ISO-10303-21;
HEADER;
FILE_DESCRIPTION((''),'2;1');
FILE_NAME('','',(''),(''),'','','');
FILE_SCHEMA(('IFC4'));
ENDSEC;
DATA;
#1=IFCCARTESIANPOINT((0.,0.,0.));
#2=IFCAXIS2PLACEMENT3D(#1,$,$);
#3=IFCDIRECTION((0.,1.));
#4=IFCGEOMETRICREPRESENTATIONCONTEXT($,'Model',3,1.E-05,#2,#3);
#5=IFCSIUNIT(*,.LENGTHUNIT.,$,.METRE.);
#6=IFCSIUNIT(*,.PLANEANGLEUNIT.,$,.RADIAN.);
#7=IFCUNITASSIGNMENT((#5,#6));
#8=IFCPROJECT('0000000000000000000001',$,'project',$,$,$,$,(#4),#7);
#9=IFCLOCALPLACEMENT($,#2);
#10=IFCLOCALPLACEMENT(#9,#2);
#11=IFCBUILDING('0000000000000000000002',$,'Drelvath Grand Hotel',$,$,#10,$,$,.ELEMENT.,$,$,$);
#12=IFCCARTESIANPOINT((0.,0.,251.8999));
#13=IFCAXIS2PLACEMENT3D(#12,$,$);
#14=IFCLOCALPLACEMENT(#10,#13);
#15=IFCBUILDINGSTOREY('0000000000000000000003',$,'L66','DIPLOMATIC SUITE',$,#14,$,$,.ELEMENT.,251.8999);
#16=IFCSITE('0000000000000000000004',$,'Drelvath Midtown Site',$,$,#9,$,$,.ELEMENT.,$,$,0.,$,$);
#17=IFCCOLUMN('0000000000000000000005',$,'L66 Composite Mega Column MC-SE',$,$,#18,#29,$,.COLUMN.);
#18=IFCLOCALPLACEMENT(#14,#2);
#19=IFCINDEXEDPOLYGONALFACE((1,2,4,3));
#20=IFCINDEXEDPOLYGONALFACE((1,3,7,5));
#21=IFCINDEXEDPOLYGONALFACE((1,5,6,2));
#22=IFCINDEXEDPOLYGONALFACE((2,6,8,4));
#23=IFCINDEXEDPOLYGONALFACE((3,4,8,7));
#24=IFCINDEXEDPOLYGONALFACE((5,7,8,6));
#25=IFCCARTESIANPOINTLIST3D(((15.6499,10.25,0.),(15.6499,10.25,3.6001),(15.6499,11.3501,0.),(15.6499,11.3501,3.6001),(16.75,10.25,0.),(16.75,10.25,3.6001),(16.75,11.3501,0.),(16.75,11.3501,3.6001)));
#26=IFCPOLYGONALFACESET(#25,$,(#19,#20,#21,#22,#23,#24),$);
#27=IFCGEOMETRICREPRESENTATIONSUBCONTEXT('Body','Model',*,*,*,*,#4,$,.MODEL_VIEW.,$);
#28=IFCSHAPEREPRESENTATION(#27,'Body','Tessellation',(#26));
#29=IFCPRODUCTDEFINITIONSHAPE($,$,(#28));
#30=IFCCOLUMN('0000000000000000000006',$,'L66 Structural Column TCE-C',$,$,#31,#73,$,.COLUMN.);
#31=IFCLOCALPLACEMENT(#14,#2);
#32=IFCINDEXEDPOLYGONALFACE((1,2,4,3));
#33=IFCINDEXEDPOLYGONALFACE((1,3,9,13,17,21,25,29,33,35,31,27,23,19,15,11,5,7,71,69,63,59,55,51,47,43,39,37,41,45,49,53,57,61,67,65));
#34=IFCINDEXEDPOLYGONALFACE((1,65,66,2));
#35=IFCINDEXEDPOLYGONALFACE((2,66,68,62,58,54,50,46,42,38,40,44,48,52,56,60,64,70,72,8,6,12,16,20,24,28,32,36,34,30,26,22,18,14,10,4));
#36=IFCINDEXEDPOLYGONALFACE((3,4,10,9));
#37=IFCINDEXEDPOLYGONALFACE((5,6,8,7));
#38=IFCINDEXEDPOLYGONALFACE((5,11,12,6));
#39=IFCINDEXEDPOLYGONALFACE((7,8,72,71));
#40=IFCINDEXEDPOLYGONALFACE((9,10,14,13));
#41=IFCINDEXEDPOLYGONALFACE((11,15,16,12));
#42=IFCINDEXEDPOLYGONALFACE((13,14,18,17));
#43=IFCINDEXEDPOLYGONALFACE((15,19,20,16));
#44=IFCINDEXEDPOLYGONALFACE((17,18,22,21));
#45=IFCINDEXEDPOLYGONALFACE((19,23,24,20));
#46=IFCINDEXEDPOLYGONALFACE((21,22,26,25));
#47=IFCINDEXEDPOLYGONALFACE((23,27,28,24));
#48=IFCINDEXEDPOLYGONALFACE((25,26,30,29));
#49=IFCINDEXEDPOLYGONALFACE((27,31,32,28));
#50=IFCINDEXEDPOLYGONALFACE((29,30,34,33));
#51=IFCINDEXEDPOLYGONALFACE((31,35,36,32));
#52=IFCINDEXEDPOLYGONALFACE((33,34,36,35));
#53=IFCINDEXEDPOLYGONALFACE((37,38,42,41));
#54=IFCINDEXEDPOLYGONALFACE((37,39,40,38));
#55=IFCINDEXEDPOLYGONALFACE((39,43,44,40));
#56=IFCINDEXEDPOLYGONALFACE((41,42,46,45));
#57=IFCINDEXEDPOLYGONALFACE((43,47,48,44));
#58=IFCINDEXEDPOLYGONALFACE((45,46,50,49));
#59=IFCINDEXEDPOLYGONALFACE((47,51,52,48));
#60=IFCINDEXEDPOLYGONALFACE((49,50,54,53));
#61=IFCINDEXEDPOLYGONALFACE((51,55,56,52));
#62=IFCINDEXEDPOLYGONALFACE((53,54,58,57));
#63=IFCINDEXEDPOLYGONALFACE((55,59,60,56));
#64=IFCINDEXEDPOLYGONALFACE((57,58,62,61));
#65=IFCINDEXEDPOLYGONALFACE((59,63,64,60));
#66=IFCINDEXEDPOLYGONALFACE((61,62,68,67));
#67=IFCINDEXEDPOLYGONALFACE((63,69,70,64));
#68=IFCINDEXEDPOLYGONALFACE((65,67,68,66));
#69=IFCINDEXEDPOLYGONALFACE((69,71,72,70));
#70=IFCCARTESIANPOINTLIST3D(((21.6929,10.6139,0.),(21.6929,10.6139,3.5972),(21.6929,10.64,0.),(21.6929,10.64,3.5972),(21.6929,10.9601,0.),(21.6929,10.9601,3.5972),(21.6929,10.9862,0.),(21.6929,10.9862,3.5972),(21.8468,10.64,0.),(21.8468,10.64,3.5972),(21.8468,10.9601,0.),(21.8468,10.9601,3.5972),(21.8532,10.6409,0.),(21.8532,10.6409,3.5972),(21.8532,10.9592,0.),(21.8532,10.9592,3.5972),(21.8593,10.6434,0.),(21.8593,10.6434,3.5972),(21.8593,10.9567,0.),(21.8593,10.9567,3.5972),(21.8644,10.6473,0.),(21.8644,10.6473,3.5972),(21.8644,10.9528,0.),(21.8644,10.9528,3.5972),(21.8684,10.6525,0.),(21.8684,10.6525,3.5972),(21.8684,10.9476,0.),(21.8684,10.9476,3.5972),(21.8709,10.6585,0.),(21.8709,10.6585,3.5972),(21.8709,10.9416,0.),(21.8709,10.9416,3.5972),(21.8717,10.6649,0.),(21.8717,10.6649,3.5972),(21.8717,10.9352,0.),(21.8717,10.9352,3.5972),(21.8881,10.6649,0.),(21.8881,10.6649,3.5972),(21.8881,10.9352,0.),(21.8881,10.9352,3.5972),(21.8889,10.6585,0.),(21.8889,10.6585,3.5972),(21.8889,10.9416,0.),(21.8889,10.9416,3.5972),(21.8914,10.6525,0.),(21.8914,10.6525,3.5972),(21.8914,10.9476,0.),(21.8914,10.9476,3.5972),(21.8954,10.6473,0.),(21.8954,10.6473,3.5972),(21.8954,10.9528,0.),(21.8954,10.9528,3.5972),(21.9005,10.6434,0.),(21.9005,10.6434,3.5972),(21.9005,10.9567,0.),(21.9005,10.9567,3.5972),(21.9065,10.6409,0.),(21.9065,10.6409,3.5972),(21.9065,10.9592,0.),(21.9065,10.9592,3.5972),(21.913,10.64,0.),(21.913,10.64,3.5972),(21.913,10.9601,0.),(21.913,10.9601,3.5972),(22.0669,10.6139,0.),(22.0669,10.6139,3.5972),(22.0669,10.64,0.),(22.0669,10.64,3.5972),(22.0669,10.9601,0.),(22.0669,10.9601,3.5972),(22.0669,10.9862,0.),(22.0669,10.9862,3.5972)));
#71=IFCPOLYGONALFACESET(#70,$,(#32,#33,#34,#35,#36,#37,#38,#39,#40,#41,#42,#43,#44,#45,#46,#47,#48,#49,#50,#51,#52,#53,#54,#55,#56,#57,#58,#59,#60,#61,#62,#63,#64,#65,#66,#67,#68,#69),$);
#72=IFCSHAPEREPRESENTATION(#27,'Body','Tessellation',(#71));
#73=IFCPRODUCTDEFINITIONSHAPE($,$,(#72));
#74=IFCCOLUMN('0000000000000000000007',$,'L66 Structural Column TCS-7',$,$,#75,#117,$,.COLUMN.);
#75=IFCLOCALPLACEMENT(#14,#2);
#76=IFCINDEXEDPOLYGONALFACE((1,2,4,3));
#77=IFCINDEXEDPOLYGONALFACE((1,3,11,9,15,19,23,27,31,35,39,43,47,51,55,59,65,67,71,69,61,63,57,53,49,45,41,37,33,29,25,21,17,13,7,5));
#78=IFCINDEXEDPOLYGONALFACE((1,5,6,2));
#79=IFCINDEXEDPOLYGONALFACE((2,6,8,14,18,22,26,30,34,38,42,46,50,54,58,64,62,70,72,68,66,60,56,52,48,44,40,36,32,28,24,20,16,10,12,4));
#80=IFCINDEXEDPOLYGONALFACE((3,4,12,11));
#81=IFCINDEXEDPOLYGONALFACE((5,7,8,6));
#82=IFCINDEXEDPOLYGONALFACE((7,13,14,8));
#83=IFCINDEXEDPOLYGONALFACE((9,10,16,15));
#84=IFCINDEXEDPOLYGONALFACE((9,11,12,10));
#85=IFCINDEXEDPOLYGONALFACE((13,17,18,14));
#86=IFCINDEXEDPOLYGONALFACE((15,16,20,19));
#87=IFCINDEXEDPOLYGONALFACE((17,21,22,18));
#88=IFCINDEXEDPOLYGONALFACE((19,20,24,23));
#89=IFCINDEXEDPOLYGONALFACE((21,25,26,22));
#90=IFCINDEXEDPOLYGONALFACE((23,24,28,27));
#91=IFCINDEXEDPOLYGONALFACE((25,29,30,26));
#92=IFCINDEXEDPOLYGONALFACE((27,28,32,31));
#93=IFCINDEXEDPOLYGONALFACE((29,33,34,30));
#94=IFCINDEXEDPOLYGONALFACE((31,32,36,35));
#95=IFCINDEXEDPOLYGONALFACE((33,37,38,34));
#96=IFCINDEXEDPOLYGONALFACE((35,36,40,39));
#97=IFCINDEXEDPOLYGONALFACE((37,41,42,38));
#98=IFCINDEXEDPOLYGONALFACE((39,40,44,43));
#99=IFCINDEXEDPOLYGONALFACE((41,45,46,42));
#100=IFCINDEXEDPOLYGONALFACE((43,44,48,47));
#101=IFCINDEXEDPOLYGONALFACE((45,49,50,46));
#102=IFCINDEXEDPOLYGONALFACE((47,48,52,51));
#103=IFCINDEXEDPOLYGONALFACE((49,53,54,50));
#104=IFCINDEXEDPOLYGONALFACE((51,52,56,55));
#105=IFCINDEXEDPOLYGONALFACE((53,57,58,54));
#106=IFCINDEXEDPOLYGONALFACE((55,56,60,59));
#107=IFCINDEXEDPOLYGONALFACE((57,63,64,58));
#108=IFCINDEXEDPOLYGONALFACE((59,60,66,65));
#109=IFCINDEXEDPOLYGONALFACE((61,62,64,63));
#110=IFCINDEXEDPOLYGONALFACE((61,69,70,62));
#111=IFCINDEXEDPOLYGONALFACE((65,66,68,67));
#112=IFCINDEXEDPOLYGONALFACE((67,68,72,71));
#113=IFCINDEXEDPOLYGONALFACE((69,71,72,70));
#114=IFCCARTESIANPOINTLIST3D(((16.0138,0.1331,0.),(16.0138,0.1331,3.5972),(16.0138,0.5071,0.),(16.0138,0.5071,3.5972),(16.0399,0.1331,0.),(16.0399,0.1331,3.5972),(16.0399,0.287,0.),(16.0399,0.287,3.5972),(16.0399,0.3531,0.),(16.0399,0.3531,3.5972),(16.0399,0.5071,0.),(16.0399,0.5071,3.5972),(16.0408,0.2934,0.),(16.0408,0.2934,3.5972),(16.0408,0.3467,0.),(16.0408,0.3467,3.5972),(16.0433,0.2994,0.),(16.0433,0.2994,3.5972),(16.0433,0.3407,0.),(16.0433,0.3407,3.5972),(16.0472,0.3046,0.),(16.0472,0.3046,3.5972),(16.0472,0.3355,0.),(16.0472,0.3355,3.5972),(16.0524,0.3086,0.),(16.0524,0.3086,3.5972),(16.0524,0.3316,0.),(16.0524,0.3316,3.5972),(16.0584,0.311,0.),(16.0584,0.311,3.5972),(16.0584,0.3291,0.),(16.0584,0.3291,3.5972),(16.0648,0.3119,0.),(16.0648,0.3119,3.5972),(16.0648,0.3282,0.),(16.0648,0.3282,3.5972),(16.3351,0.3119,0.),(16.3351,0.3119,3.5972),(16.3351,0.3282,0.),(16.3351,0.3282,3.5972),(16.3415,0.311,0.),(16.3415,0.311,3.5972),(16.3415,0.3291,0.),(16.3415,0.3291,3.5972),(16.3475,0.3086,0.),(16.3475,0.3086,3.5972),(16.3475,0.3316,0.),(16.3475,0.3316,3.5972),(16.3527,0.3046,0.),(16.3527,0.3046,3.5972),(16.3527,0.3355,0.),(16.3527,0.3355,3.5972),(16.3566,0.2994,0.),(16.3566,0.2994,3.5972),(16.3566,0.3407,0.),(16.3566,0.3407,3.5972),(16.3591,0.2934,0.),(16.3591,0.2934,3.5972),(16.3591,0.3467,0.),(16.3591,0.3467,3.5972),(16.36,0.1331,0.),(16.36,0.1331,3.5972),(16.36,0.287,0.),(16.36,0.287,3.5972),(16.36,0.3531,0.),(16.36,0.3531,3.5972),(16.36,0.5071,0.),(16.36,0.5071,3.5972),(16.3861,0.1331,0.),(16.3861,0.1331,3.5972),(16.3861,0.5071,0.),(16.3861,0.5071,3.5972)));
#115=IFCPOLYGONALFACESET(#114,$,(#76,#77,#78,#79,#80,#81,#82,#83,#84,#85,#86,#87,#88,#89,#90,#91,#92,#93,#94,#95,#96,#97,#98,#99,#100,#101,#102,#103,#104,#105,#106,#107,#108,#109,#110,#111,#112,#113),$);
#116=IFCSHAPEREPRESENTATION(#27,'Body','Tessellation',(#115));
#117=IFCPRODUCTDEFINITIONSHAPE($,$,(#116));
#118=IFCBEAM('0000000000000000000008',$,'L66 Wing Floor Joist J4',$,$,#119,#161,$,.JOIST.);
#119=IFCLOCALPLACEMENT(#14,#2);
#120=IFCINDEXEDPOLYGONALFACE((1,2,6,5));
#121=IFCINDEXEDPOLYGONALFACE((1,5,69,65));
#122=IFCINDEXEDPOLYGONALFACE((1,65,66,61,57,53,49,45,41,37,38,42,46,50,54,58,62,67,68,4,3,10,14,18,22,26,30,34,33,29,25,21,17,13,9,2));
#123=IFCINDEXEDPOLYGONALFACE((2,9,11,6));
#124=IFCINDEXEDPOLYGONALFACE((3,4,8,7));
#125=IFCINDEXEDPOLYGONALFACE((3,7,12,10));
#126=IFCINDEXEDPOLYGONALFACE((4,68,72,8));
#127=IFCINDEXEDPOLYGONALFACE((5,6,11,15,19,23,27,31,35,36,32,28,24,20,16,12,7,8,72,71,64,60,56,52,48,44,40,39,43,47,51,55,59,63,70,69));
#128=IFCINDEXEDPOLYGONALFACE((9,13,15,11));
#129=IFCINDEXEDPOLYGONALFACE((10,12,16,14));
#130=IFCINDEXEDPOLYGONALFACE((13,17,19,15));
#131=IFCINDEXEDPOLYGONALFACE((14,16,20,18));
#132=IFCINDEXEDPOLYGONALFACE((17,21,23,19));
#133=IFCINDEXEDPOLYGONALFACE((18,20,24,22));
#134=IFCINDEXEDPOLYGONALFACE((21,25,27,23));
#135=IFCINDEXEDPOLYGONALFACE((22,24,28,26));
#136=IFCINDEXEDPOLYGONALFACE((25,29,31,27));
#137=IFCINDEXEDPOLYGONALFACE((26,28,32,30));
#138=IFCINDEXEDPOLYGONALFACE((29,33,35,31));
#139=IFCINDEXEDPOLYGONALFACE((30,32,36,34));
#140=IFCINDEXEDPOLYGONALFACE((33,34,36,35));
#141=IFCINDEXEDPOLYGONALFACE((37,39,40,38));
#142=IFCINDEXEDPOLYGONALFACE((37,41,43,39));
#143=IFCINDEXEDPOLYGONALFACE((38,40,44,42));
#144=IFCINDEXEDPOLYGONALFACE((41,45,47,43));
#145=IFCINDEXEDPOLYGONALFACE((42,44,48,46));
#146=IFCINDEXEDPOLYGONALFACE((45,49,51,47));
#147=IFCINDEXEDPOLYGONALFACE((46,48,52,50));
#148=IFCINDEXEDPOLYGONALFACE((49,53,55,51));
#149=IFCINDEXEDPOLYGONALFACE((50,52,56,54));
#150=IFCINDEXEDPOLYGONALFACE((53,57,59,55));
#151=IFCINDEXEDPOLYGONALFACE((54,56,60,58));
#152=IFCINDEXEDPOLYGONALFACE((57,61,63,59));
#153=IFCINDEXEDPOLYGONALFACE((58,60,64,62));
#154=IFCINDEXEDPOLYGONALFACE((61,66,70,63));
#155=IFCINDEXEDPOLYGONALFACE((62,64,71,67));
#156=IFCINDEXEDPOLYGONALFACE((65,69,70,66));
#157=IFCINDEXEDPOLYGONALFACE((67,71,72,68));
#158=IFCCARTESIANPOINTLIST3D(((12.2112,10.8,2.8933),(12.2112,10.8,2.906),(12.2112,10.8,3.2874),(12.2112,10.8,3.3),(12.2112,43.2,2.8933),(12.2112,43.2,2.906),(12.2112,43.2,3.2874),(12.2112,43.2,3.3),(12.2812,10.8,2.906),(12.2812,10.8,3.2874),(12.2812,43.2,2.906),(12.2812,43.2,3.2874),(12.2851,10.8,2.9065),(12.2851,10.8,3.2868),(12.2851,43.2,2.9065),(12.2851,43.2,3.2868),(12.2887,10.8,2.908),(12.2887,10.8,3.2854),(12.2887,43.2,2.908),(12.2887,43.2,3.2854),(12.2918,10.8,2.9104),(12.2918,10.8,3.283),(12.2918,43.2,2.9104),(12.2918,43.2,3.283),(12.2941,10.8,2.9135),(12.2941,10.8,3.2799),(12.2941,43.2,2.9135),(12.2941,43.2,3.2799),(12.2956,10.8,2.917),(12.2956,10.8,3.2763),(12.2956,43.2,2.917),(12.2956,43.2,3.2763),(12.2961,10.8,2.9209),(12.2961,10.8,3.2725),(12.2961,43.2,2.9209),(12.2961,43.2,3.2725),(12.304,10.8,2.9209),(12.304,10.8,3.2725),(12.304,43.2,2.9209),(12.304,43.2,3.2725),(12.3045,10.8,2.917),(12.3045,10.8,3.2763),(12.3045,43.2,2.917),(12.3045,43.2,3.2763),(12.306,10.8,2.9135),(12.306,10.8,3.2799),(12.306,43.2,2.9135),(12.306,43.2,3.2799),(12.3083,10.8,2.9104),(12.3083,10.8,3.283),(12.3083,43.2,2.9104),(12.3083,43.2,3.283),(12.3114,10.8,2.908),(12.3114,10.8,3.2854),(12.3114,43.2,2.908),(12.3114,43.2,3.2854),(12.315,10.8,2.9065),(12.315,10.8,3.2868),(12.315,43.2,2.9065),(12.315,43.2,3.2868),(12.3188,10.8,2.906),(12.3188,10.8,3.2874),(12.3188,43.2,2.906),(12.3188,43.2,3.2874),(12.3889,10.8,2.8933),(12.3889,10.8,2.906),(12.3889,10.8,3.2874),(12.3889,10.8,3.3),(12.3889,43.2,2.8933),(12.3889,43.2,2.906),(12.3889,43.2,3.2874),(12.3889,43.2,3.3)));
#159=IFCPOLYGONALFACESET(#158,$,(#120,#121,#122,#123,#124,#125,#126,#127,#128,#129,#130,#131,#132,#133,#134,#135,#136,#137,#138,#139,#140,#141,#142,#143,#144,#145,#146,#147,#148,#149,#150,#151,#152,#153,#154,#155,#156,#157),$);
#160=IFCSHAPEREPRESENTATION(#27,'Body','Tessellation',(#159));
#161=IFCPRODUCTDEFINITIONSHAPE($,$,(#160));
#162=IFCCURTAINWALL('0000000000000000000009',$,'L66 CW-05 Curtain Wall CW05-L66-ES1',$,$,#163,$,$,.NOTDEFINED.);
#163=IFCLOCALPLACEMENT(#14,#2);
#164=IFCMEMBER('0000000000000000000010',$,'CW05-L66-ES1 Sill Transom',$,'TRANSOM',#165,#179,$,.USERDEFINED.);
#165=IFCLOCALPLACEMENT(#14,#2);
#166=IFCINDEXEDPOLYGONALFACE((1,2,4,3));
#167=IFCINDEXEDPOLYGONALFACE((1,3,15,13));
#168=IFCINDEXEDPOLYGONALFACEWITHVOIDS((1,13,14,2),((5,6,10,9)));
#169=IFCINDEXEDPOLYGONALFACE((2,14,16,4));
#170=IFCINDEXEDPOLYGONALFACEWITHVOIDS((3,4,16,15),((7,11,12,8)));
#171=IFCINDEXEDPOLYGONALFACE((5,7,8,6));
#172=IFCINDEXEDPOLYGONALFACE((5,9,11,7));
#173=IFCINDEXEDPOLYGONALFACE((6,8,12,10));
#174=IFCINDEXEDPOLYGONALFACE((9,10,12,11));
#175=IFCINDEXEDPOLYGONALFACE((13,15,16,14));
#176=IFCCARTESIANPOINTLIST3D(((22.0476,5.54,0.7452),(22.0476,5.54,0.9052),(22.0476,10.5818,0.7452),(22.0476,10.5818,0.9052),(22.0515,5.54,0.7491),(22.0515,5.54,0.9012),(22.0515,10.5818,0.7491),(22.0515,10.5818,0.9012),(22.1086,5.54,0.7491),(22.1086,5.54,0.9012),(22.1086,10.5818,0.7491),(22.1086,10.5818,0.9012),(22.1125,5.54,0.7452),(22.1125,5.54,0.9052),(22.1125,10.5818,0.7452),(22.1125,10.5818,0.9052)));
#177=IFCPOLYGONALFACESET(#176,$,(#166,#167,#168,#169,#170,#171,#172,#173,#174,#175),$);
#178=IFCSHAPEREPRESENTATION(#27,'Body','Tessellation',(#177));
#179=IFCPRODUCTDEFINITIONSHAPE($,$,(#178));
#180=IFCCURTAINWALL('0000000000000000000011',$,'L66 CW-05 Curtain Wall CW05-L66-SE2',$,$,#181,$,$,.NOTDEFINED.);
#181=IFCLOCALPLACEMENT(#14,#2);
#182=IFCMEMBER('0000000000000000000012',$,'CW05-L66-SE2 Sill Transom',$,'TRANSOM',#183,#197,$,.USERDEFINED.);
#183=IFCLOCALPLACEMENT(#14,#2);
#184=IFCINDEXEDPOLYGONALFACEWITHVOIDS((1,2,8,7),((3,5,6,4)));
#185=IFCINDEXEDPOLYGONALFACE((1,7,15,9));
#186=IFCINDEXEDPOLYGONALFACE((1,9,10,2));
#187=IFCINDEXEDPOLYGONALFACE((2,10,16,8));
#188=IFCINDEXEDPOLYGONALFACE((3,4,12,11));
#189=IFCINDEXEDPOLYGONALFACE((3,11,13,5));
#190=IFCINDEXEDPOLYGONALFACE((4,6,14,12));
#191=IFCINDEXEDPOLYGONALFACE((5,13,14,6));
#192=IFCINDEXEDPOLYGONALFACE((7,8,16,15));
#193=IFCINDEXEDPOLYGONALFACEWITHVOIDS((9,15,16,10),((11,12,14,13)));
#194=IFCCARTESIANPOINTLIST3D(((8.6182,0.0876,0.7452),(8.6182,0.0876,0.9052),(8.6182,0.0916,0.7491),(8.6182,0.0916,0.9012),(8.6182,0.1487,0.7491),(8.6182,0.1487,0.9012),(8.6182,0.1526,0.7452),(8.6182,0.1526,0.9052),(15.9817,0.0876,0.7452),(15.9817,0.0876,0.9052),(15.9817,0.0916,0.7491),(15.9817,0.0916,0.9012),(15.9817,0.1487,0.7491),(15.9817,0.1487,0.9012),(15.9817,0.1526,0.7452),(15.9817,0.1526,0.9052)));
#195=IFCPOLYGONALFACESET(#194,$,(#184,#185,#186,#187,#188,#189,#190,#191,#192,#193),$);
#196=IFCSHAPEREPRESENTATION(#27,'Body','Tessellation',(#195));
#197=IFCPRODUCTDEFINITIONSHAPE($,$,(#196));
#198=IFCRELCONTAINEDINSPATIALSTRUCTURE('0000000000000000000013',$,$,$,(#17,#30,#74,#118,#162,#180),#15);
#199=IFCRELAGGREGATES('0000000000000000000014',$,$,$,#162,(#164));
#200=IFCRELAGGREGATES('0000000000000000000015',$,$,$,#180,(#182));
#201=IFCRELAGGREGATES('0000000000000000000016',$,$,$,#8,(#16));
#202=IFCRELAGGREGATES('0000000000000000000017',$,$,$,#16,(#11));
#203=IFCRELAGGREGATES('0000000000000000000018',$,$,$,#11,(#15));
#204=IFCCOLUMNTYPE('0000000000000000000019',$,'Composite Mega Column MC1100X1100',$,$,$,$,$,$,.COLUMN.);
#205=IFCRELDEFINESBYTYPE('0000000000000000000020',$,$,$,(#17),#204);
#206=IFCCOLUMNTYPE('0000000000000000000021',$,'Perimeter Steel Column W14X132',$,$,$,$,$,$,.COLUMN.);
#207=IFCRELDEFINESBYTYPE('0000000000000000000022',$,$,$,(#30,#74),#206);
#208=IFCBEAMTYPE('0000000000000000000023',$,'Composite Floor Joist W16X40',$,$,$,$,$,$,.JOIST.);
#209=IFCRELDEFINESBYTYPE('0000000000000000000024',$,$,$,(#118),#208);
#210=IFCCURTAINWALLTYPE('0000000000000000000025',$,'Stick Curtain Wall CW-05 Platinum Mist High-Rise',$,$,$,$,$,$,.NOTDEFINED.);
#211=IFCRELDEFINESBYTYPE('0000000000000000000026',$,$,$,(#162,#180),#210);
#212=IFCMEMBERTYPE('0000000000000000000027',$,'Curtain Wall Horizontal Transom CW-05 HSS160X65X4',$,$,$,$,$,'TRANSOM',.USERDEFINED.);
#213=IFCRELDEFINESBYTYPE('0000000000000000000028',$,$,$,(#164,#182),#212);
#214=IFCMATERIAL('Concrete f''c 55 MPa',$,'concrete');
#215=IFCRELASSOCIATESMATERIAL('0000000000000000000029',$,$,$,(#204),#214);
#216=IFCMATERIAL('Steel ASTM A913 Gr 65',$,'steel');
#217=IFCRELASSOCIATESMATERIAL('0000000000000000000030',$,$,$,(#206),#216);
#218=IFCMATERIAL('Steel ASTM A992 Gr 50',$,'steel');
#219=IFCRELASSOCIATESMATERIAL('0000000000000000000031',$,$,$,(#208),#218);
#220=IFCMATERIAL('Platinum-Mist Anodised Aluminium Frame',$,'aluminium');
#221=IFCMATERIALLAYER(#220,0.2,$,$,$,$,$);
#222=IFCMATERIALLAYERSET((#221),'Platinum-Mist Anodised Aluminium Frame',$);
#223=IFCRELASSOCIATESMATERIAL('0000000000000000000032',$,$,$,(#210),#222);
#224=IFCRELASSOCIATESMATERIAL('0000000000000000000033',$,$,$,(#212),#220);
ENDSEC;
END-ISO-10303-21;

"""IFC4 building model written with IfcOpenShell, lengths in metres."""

from ifc_helpers import new_model, si_unit, direction, frame, origin, origin_2d, place, context, subcontext, project, spatial, rectangle, hollow_rectangle, i_section, extrude, material, layer, layer_set, material_profile, profile_set, type_object, element, aggregate, save


model = new_model("IFC4")

# Units and contexts
model_context = context("Model", 3, precision=1e-05, world=origin(), true_north=direction((0.0, 1.0)))
body_context = subcontext(model_context, "Body", "Model", "MODEL_VIEW")
ifc_project = project(units=[si_unit("LENGTHUNIT", "METRE"), si_unit("PLANEANGLEUNIT", "RADIAN")], contexts=[model_context])

# Site, building, storey
site_placement = place(None, origin())
site = spatial("IfcSite", under=ifc_project, at=site_placement, Name="Drelvath Midtown Site", CompositionType="ELEMENT", RefElevation=0.0)
building_placement = place(site_placement, origin())
building = spatial("IfcBuilding", under=site, at=building_placement, Name="Drelvath Grand Hotel", CompositionType="ELEMENT")
storey_placement = place(building_placement, frame((0.0, 0.0, 251.8999)))
storey = spatial("IfcBuildingStorey", under=building, at=storey_placement, Name="L66", Description="DIPLOMATIC SUITE", CompositionType="ELEMENT", Elevation=251.8999)

# Columns
ifc_material_1 = material(Name="Concrete f'c 55 MPa", Category="concrete")
ifc_material_profile_1 = material_profile(ifc_material_1, rectangle(XDim=1.1001, YDim=1.1001, at=origin_2d()), Name="MC1100X1100")
ifc_profile_set_1 = profile_set([ifc_material_profile_1], Name="Concrete f'c 55 MPa")
column_type_1 = type_object("IfcColumnType", Name="Composite Mega Column MC1100X1100", PredefinedType="COLUMN", material=ifc_profile_set_1)
column_placement = place(storey_placement, frame((16.2, 10.8, 0.0), z_axis=(0.0, 0.0, 1.0), x_axis=(1.0, 0.0, 0.0)))
element("IfcColumn", 1, at=column_placement, inside=storey, type_object=column_type_1, Name="L66 Composite Mega Column MC-SE", PredefinedType="COLUMN", context=body_context, shape_type="SweptSolid", body=[
    extrude(rectangle(XDim=1.1001, YDim=1.1001, at=origin_2d()), origin(), (0.0, 0.0, 1.0), 3.6001),
])
ifc_material_2 = material(Name="Steel ASTM A913 Gr 65", Category="steel")
ifc_material_profile_2 = material_profile(ifc_material_2, i_section(OverallWidth=0.374, OverallDepth=0.3723, WebThickness=0.0164, FlangeThickness=0.0261, FilletRadius=0.0249, at=origin_2d()), Name="W14X132")
ifc_profile_set_2 = profile_set([ifc_material_profile_2], Name="Steel ASTM A913 Gr 65")
column_type_2 = type_object("IfcColumnType", Name="Perimeter Steel Column W14X132", PredefinedType="COLUMN", material=ifc_profile_set_2)
for number, where, z_axis, x_axis, name in (
    (2, (21.8799, 10.8, 0.0), (0.0, 0.0, 1.0), (1.0, 0.0, 0.0), "L66 Structural Column TCE-C"),
    (3, (16.2, 0.3201, 0.0), (0.0, 0.0, 1.0), (0.0, 1.0, 0.0), "L66 Structural Column TCS-7"),
):
    element("IfcColumn", number, at=place(storey_placement, frame(where, z_axis=z_axis, x_axis=x_axis)), inside=storey, type_object=column_type_2, Name=name, PredefinedType="COLUMN", context=body_context, shape_type="SweptSolid", body=[
        extrude(i_section(OverallWidth=0.374, OverallDepth=0.3723, WebThickness=0.0164, FlangeThickness=0.0261, FilletRadius=0.0249, at=origin_2d()), origin(), (0.0, 0.0, 1.0), 3.5972),
    ])

# Beam
ifc_material_3 = material(Name="Steel ASTM A992 Gr 50", Category="steel")
ifc_material_profile_3 = material_profile(ifc_material_3, i_section(OverallWidth=0.1777, OverallDepth=0.4067, WebThickness=0.0078, FlangeThickness=0.0127, FilletRadius=0.0149, at=origin_2d()), Name="W16X40")
ifc_profile_set_3 = profile_set([ifc_material_profile_3], Name="Steel ASTM A992 Gr 50")
beam_type_1 = type_object("IfcBeamType", Name="Composite Floor Joist W16X40", PredefinedType="JOIST", material=ifc_profile_set_3)
beam_1_placement = place(storey_placement, frame((12.3, 10.8, 3.0967), z_axis=(0.0, 1.0, 0.0), x_axis=(-1.0, 0.0, 0.0)))
element("IfcBeam", 4, at=beam_1_placement, inside=storey, type_object=beam_type_1, Name="L66 Wing Floor Joist J4", PredefinedType="JOIST", context=body_context, shape_type="SweptSolid", body=[
    extrude(i_section(OverallWidth=0.1777, OverallDepth=0.4067, WebThickness=0.0078, FlangeThickness=0.0127, FilletRadius=0.0149, at=origin_2d()), origin(), (0.0, 0.0, 1.0), 32.3999),
])

# Curtain walls, members
ifc_material_4 = material(Name="Platinum-Mist Anodised Aluminium Frame", Category="aluminium")
ifc_layer_1 = layer(ifc_material_4, 0.2)
ifc_layer_set_1 = layer_set([ifc_layer_1], Name="Platinum-Mist Anodised Aluminium Frame")
curtain_wall_type = type_object("IfcCurtainWallType", Name="Stick Curtain Wall CW-05 Platinum Mist High-Rise", PredefinedType="NOTDEFINED", material=ifc_layer_set_1)
curtain_wall_1_placement = place(storey_placement, origin())
curtain_wall_1 = element("IfcCurtainWall", 5, at=curtain_wall_1_placement, inside=storey, type_object=curtain_wall_type, Name="L66 CW-05 Curtain Wall CW05-L66-ES1", PredefinedType="NOTDEFINED")
ifc_material_profile_4 = material_profile(ifc_material_4, hollow_rectangle(XDim=0.0649, YDim=0.1599, WallThickness=0.0039, at=origin_2d()), Name="HSS160X65X4")
ifc_profile_set_4 = profile_set([ifc_material_profile_4], Name="Platinum-Mist Anodised Aluminium Frame")
member_type_1 = type_object("IfcMemberType", Name="Curtain Wall Horizontal Transom CW-05 HSS160X65X4", ElementType="TRANSOM", PredefinedType="USERDEFINED", material=ifc_profile_set_4)
member_1_placement = place(storey_placement, frame((22.0801, 10.5818, 0.8252), z_axis=(0.0, -1.0, 0.0), x_axis=(1.0, 0.0, 0.0)))
member_1 = element("IfcMember", 6, at=member_1_placement, type_object=member_type_1, Name="CW05-L66-ES1 Sill Transom", ObjectType="TRANSOM", PredefinedType="USERDEFINED", context=body_context, shape_type="SweptSolid", body=[
    extrude(hollow_rectangle(XDim=0.0649, YDim=0.1599, WallThickness=0.0039, at=origin_2d()), origin(), (0.0, 0.0, 1.0), 5.0417),
])
curtain_wall_2_placement = place(storey_placement, origin())
curtain_wall_2 = element("IfcCurtainWall", 7, at=curtain_wall_2_placement, inside=storey, type_object=curtain_wall_type, Name="L66 CW-05 Curtain Wall CW05-L66-SE2", PredefinedType="NOTDEFINED")
member_2_placement = place(storey_placement, frame((15.9817, 0.1201, 0.8252), z_axis=(-1.0, 0.0, 0.0), x_axis=(0.0, -1.0, 0.0)))
member_2 = element("IfcMember", 8, at=member_2_placement, type_object=member_type_1, Name="CW05-L66-SE2 Sill Transom", ObjectType="TRANSOM", PredefinedType="USERDEFINED", context=body_context, shape_type="SweptSolid", body=[
    extrude(hollow_rectangle(XDim=0.0649, YDim=0.1599, WallThickness=0.0039, at=origin_2d()), origin(), (0.0, 0.0, 1.0), 7.3635),
])

aggregate(curtain_wall_1, [member_1])
aggregate(curtain_wall_2, [member_2])

save(model, "model.ifc")
